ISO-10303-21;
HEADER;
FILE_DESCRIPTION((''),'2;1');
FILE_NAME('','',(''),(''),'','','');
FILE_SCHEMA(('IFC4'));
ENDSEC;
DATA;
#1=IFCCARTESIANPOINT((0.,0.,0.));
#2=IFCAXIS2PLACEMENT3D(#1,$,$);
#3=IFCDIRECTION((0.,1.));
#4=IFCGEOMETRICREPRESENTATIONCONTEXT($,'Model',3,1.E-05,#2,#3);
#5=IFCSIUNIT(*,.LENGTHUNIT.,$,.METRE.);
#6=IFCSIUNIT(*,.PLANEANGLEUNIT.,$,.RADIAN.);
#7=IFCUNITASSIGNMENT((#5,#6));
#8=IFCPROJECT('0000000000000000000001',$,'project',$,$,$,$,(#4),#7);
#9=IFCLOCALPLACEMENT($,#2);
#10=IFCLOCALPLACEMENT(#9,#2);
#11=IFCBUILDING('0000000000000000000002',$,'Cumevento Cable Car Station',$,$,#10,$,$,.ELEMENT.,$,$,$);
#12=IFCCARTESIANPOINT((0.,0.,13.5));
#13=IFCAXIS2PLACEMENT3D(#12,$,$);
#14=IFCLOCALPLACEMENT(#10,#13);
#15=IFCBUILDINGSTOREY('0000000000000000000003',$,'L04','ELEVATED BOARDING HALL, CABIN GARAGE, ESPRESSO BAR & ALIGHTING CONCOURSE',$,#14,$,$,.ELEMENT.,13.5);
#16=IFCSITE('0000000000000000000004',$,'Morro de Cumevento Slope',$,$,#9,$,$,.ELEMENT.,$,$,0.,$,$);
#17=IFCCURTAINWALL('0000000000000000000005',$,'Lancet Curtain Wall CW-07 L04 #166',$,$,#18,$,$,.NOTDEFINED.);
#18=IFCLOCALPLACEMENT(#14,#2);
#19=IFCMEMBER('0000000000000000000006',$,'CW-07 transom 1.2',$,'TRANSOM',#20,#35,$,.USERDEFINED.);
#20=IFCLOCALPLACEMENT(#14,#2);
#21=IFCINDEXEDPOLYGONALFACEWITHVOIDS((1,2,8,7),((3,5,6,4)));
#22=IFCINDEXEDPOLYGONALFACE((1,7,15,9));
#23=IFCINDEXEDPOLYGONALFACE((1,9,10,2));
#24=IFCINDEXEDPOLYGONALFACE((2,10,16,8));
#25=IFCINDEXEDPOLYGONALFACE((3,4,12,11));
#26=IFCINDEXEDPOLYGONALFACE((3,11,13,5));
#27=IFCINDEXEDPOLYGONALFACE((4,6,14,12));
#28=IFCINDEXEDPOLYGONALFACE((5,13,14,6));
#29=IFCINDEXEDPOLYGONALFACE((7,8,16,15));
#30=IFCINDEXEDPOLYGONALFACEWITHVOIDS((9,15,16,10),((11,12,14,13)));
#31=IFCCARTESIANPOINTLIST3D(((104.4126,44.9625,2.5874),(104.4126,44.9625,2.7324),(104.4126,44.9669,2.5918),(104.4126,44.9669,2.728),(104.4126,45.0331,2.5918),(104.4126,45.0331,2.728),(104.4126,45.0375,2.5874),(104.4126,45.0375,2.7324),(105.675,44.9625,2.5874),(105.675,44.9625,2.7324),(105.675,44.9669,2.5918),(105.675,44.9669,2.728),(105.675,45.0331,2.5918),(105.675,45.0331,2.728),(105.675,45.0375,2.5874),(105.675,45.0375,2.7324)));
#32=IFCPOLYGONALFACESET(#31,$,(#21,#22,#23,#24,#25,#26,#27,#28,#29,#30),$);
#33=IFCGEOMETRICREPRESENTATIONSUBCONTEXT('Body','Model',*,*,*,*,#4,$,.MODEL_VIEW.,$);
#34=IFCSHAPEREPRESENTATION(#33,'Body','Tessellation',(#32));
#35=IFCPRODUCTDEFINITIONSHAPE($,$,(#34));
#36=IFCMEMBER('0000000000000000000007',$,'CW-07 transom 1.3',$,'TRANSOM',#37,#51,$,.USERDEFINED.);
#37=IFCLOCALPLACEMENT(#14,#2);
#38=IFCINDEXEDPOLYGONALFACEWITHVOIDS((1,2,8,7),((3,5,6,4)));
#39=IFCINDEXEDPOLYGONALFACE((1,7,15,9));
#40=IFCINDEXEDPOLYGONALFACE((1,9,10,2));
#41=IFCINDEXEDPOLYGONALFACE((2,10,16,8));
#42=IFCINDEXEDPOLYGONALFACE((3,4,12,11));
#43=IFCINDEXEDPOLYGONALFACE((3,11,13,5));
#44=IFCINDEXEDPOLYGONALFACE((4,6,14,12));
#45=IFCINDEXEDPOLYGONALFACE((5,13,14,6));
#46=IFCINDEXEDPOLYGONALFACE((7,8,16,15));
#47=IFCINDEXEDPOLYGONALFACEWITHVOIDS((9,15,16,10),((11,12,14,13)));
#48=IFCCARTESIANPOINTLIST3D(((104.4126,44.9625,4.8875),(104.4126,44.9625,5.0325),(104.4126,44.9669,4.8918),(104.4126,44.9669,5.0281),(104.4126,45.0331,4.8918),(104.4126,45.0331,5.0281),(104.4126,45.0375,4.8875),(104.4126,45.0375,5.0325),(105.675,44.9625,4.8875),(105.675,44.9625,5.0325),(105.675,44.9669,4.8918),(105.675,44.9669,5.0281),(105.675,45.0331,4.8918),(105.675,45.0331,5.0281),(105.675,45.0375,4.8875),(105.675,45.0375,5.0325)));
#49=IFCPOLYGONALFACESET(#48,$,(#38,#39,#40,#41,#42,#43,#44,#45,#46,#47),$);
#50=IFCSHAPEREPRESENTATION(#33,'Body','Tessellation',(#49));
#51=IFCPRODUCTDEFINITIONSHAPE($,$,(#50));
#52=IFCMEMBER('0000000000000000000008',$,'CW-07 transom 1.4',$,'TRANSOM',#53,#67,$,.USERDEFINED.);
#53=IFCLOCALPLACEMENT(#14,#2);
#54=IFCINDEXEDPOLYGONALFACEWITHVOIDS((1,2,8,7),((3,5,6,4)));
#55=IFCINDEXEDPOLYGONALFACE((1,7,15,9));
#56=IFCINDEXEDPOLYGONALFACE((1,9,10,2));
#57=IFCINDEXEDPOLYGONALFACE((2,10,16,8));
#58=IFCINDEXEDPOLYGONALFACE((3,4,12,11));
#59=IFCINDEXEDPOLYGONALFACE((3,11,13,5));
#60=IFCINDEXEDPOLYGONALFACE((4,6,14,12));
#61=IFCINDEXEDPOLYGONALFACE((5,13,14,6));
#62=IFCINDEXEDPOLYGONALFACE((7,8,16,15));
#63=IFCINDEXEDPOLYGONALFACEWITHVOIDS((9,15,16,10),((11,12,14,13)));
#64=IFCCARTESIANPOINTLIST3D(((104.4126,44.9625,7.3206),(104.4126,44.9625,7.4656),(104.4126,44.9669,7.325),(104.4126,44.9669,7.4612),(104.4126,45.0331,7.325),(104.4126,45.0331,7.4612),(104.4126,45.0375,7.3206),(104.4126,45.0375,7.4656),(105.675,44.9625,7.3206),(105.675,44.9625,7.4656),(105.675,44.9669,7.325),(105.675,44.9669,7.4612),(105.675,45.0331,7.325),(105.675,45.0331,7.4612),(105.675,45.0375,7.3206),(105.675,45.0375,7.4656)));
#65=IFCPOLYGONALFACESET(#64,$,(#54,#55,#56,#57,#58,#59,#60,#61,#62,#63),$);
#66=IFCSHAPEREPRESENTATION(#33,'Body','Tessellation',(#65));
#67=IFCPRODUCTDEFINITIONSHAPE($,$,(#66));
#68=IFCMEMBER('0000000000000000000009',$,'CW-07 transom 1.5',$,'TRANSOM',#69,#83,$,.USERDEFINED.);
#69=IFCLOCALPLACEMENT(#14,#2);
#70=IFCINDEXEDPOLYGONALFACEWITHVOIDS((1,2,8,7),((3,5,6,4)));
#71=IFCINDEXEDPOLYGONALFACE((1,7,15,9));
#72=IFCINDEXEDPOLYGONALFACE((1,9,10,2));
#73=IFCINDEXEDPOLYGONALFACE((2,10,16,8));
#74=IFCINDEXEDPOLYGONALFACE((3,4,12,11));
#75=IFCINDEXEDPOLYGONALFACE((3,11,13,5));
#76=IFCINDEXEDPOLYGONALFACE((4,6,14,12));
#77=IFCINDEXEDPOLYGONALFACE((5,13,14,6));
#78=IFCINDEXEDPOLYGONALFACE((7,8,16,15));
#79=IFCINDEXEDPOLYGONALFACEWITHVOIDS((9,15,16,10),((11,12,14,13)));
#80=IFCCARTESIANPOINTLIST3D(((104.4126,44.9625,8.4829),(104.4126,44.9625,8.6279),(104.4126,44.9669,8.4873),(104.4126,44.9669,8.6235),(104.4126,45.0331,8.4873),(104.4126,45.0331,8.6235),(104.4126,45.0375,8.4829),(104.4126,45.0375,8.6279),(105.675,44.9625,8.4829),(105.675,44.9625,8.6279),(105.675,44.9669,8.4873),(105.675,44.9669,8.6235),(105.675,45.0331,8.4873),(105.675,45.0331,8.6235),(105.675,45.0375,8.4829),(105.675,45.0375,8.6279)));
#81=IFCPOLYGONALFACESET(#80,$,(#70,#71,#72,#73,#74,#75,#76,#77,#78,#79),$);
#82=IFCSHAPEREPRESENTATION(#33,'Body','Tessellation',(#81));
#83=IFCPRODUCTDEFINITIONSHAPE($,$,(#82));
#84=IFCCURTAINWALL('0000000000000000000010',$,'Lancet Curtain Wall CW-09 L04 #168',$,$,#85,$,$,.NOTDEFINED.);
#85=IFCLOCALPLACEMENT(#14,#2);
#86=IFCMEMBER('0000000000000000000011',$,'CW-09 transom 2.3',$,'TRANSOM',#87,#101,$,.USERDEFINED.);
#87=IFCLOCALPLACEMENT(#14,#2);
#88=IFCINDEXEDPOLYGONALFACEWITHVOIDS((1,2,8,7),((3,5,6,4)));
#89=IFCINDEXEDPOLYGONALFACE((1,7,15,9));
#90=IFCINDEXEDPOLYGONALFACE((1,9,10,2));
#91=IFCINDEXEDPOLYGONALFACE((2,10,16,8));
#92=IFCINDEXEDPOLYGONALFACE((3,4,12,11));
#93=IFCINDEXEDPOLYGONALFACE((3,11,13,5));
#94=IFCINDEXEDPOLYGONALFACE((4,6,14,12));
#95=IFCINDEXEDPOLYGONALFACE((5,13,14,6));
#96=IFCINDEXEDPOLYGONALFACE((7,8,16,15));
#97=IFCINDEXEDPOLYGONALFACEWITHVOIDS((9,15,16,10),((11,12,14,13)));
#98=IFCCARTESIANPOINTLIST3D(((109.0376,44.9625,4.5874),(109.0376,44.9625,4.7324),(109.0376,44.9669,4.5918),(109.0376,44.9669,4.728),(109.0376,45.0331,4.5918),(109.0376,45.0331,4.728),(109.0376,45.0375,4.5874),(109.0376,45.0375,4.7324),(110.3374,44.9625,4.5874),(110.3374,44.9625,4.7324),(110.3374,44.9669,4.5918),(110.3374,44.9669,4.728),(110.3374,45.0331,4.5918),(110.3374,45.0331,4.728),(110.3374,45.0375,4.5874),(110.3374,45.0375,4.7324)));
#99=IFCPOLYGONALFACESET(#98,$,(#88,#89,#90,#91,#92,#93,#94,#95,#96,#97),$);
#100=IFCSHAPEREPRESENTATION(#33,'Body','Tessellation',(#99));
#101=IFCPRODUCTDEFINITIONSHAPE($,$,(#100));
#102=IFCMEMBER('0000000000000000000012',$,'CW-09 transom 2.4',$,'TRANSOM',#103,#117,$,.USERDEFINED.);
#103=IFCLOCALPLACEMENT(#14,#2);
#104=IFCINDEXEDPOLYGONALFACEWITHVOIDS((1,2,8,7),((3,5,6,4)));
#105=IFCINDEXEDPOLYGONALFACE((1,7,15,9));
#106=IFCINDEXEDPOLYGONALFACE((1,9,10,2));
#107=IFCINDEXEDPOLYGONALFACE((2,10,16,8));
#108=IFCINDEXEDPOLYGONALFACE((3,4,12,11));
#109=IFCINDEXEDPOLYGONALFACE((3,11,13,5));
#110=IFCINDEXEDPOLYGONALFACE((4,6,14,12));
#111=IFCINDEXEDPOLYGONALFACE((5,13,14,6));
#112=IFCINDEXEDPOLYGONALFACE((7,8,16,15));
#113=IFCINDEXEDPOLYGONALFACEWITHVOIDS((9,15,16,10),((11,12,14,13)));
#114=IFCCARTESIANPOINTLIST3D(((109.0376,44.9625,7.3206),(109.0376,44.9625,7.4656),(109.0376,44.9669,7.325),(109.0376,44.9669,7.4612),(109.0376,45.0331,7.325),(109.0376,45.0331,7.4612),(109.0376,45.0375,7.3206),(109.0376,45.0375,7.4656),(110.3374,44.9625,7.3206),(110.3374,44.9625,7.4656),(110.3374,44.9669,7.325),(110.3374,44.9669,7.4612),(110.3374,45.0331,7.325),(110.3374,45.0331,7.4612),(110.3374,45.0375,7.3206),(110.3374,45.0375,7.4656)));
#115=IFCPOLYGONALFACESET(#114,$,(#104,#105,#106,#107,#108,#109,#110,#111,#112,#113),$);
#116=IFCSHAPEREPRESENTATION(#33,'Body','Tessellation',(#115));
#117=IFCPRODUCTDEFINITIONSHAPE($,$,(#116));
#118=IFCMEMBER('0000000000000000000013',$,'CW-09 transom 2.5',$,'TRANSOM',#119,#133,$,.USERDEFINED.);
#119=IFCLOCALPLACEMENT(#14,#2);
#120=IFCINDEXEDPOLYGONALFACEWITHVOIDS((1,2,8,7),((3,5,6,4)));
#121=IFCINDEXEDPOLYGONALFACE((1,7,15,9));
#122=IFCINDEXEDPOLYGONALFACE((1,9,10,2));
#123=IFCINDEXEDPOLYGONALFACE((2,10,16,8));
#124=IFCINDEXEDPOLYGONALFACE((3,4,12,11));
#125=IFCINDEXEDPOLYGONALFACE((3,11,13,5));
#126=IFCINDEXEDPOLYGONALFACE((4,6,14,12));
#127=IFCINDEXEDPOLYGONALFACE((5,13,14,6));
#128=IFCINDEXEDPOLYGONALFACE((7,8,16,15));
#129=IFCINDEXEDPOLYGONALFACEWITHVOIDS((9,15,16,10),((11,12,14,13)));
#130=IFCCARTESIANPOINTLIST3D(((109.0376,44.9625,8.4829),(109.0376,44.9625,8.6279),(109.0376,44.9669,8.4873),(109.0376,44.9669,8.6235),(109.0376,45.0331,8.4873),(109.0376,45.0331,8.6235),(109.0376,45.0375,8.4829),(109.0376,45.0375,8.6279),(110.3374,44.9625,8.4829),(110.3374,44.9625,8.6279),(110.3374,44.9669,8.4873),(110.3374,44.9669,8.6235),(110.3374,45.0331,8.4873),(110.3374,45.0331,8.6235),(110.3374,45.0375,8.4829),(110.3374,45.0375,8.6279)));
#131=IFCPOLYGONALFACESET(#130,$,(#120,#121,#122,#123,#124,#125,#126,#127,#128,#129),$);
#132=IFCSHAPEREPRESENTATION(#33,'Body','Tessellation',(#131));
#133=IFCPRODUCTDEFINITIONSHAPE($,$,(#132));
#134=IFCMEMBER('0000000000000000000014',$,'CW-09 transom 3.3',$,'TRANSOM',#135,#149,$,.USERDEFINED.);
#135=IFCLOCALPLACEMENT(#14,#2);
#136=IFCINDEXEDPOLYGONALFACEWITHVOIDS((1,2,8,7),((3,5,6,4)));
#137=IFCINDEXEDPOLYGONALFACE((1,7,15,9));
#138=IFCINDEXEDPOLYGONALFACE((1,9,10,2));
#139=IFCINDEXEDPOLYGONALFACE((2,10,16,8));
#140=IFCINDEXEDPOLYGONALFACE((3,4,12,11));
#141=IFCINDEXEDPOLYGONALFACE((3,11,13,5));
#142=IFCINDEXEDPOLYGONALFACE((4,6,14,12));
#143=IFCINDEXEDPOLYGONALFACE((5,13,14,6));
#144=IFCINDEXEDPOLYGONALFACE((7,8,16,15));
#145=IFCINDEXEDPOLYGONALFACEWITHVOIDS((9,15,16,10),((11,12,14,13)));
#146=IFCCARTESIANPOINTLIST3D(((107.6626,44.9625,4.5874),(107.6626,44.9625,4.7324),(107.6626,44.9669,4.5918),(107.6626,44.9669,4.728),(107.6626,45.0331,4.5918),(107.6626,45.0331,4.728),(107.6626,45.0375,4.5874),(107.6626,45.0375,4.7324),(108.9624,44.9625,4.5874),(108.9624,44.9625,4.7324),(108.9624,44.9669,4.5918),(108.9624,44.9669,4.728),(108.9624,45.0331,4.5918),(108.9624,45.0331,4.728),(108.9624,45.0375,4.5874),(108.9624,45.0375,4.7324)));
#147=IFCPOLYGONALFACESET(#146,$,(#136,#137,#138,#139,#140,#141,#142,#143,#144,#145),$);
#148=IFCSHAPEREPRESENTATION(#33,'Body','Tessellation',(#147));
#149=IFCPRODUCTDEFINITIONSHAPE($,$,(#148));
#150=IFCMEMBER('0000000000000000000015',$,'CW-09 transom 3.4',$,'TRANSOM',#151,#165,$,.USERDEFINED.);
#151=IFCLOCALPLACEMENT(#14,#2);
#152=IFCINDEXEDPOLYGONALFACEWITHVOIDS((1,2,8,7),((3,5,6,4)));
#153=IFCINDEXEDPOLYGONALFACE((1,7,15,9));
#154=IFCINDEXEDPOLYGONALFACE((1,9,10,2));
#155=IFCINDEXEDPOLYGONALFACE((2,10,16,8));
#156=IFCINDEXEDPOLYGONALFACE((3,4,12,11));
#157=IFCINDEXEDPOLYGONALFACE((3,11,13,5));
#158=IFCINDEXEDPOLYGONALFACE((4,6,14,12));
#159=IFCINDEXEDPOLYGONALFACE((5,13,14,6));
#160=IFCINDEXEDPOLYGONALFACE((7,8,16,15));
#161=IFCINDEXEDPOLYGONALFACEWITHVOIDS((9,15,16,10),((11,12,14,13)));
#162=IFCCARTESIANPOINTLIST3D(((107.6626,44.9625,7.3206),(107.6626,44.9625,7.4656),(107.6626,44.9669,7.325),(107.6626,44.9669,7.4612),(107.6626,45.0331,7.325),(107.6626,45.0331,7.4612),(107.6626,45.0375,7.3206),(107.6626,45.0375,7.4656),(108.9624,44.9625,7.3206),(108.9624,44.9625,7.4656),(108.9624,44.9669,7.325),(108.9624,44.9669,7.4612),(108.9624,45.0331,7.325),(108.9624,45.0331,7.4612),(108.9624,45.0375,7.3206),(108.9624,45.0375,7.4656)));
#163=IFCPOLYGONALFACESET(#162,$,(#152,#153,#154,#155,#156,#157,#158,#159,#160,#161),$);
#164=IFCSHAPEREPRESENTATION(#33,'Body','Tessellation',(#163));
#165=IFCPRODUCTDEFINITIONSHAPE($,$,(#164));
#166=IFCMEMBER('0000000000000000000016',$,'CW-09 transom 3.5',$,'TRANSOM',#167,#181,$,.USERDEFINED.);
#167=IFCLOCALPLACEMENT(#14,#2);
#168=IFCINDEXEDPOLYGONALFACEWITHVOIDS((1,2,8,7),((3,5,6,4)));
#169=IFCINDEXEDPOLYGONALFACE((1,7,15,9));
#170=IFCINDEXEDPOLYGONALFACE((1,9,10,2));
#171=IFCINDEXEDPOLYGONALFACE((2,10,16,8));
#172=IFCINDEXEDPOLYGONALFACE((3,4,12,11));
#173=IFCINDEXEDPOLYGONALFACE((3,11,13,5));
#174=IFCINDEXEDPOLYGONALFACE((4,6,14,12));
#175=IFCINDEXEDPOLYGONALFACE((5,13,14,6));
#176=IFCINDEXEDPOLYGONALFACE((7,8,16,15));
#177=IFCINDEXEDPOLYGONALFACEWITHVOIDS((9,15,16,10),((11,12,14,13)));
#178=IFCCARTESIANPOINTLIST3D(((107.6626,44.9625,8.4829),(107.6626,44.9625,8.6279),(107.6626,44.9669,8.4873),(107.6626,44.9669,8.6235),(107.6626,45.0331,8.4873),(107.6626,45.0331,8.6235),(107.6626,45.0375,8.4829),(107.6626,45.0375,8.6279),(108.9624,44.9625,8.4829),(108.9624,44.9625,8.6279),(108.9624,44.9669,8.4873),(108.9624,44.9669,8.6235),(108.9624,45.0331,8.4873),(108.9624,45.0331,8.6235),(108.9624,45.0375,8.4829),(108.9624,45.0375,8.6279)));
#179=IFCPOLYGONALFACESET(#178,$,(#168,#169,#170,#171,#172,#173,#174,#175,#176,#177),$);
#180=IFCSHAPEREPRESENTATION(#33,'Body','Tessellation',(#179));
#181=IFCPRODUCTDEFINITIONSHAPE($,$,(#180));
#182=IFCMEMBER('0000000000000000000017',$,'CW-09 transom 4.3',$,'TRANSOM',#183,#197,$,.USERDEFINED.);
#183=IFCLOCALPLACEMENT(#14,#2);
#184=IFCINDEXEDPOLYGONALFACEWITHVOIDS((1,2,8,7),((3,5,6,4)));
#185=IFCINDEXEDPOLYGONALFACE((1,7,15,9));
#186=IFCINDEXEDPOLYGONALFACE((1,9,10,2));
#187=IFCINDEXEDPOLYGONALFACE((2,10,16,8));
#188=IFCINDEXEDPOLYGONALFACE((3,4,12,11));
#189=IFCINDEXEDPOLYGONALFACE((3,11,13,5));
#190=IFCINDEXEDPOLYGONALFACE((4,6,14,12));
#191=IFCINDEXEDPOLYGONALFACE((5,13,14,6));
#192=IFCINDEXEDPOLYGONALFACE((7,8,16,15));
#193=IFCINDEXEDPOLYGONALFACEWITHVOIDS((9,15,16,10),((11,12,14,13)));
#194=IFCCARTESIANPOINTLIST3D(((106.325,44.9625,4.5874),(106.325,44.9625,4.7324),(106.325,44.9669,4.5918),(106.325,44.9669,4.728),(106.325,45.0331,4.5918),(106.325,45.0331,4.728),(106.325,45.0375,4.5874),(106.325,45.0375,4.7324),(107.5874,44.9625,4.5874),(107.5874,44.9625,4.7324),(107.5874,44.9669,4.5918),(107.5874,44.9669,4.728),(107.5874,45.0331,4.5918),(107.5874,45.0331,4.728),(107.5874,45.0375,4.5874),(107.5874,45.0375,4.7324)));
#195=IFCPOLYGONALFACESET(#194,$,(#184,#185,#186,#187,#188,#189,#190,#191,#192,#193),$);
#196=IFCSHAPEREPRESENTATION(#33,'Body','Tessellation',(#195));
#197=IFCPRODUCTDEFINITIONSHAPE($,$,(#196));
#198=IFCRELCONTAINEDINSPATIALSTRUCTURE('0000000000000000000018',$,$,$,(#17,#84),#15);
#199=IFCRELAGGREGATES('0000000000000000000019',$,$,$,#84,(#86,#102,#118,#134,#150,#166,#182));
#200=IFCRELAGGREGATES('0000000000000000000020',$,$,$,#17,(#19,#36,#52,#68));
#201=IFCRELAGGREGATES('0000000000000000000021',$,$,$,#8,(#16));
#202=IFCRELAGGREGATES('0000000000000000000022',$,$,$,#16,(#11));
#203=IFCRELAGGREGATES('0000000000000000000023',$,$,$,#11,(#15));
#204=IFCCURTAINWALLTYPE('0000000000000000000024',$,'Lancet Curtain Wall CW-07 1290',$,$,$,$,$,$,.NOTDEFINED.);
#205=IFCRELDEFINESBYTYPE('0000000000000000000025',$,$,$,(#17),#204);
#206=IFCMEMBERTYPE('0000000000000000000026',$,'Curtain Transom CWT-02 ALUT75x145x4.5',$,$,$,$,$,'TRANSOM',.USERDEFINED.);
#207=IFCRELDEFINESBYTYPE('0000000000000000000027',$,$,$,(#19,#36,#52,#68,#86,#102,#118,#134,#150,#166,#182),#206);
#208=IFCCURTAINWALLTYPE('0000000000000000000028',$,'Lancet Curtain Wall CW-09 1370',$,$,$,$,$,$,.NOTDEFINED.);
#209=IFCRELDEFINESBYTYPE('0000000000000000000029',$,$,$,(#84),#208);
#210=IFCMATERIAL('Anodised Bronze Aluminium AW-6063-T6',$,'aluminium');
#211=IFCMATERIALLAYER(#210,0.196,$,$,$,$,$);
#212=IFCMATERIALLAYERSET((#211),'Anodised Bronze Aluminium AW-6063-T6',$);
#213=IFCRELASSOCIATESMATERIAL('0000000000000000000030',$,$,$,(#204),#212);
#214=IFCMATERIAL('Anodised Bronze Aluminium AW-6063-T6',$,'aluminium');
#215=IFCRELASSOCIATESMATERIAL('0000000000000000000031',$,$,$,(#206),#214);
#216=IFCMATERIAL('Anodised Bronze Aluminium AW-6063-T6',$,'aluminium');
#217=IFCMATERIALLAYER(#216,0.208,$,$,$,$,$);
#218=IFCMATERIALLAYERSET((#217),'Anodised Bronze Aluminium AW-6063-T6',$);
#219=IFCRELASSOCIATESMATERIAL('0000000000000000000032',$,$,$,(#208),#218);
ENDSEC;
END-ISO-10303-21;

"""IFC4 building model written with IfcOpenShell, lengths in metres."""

from ifc_helpers import new_model, si_unit, direction, frame, origin, origin_2d, place, context, subcontext, project, spatial, hollow_rectangle, extrude, material, layer, layer_set, material_profile, profile_set, type_object, element, aggregate, save


model = new_model("IFC4")

# Units and contexts
model_context = context("Model", 3, precision=1e-05, world=origin(), true_north=direction((0.0, 1.0)))
body_context = subcontext(model_context, "Body", "Model", "MODEL_VIEW")
ifc_project = project(units=[si_unit("LENGTHUNIT", "METRE"), si_unit("PLANEANGLEUNIT", "RADIAN")], contexts=[model_context])

# Site, building, storey
site_placement = place(None, origin())
site = spatial("IfcSite", under=ifc_project, at=site_placement, Name="Morro de Cumevento Slope", CompositionType="ELEMENT", RefElevation=0.0)
building_placement = place(site_placement, origin())
building = spatial("IfcBuilding", under=site, at=building_placement, Name="Cumevento Cable Car Station", CompositionType="ELEMENT")
storey_placement = place(building_placement, frame((0.0, 0.0, 13.5)))
storey = spatial("IfcBuildingStorey", under=building, at=storey_placement, Name="L04", Description="ELEVATED BOARDING HALL, CABIN GARAGE, ESPRESSO BAR & ALIGHTING CONCOURSE", CompositionType="ELEMENT", Elevation=13.5)

# Curtain wall, members
ifc_material_1 = material(Name="Anodised Bronze Aluminium AW-6063-T6", Category="aluminium")
ifc_layer_1 = layer(ifc_material_1, 0.196)
ifc_layer_set_1 = layer_set([ifc_layer_1], Name="Anodised Bronze Aluminium AW-6063-T6")
curtain_wall_type_1 = type_object("IfcCurtainWallType", Name="Lancet Curtain Wall CW-07 1290", PredefinedType="NOTDEFINED", material=ifc_layer_set_1)
curtain_wall_1_placement = place(storey_placement, origin())
curtain_wall_1 = element("IfcCurtainWall", 1, at=curtain_wall_1_placement, inside=storey, type_object=curtain_wall_type_1, Name="Lancet Curtain Wall CW-07 L04 #166", PredefinedType="NOTDEFINED")
ifc_material_2 = material(Name="Anodised Bronze Aluminium AW-6063-T6", Category="aluminium")
ifc_material_profile = material_profile(ifc_material_2, hollow_rectangle(XDim=0.075, YDim=0.145, WallThickness=0.0044, at=origin_2d()), Name="ALUT75x145x4.5")
ifc_profile_set = profile_set([ifc_material_profile], Name="Anodised Bronze Aluminium AW-6063-T6")
member_type = type_object("IfcMemberType", Name="Curtain Transom CWT-02 ALUT75x145x4.5", ElementType="TRANSOM", PredefinedType="USERDEFINED", material=ifc_profile_set)
member_1_placement = place(storey_placement, frame((105.675, 45.0, 2.6599), z_axis=(-1.0, 0.0, 0.0), x_axis=(0.0, -1.0, 0.0)))
member_1 = element("IfcMember", 2, at=member_1_placement, type_object=member_type, Name="CW-07 transom 1.2", ObjectType="TRANSOM", PredefinedType="USERDEFINED", context=body_context, shape_type="SweptSolid", body=[
    extrude(hollow_rectangle(XDim=0.075, YDim=0.145, WallThickness=0.0044, at=origin_2d()), origin(), (0.0, 0.0, 1.0), 1.2625),
])
member_2_placement = place(storey_placement, frame((105.675, 45.0, 4.96), z_axis=(-1.0, 0.0, 0.0), x_axis=(0.0, -1.0, 0.0)))
member_2 = element("IfcMember", 3, at=member_2_placement, type_object=member_type, Name="CW-07 transom 1.3", ObjectType="TRANSOM", PredefinedType="USERDEFINED", context=body_context, shape_type="SweptSolid", body=[
    extrude(hollow_rectangle(XDim=0.075, YDim=0.145, WallThickness=0.0044, at=origin_2d()), origin(), (0.0, 0.0, 1.0), 1.2625),
])
member_3_placement = place(storey_placement, frame((105.675, 45.0, 7.3931), z_axis=(-1.0, 0.0, 0.0), x_axis=(0.0, -1.0, 0.0)))
member_3 = element("IfcMember", 4, at=member_3_placement, type_object=member_type, Name="CW-07 transom 1.4", ObjectType="TRANSOM", PredefinedType="USERDEFINED", context=body_context, shape_type="SweptSolid", body=[
    extrude(hollow_rectangle(XDim=0.075, YDim=0.145, WallThickness=0.0044, at=origin_2d()), origin(), (0.0, 0.0, 1.0), 1.2625),
])
member_4_placement = place(storey_placement, frame((105.675, 45.0, 8.5554), z_axis=(-1.0, 0.0, 0.0), x_axis=(0.0, -1.0, 0.0)))
member_4 = element("IfcMember", 5, at=member_4_placement, type_object=member_type, Name="CW-07 transom 1.5", ObjectType="TRANSOM", PredefinedType="USERDEFINED", context=body_context, shape_type="SweptSolid", body=[
    extrude(hollow_rectangle(XDim=0.075, YDim=0.145, WallThickness=0.0044, at=origin_2d()), origin(), (0.0, 0.0, 1.0), 1.2625),
])

# Curtain wall, members
ifc_material_3 = material(Name="Anodised Bronze Aluminium AW-6063-T6", Category="aluminium")
ifc_layer_2 = layer(ifc_material_3, 0.208)
ifc_layer_set_2 = layer_set([ifc_layer_2], Name="Anodised Bronze Aluminium AW-6063-T6")
curtain_wall_type_2 = type_object("IfcCurtainWallType", Name="Lancet Curtain Wall CW-09 1370", PredefinedType="NOTDEFINED", material=ifc_layer_set_2)
curtain_wall_2_placement = place(storey_placement, origin())
curtain_wall_2 = element("IfcCurtainWall", 6, at=curtain_wall_2_placement, inside=storey, type_object=curtain_wall_type_2, Name="Lancet Curtain Wall CW-09 L04 #168", PredefinedType="NOTDEFINED")
member_5_placement = place(storey_placement, frame((110.3374, 45.0, 4.6599), z_axis=(-1.0, 0.0, 0.0), x_axis=(0.0, -1.0, 0.0)))
member_5 = element("IfcMember", 7, at=member_5_placement, type_object=member_type, Name="CW-09 transom 2.3", ObjectType="TRANSOM", PredefinedType="USERDEFINED", context=body_context, shape_type="SweptSolid", body=[
    extrude(hollow_rectangle(XDim=0.075, YDim=0.145, WallThickness=0.0044, at=origin_2d()), origin(), (0.0, 0.0, 1.0), 1.2998),
])
member_6_placement = place(storey_placement, frame((110.3374, 45.0, 7.3931), z_axis=(-1.0, 0.0, 0.0), x_axis=(0.0, -1.0, 0.0)))
member_6 = element("IfcMember", 8, at=member_6_placement, type_object=member_type, Name="CW-09 transom 2.4", ObjectType="TRANSOM", PredefinedType="USERDEFINED", context=body_context, shape_type="SweptSolid", body=[
    extrude(hollow_rectangle(XDim=0.075, YDim=0.145, WallThickness=0.0044, at=origin_2d()), origin(), (0.0, 0.0, 1.0), 1.2998),
])
member_7_placement = place(storey_placement, frame((110.3374, 45.0, 8.5554), z_axis=(-1.0, 0.0, 0.0), x_axis=(0.0, -1.0, 0.0)))
member_7 = element("IfcMember", 9, at=member_7_placement, type_object=member_type, Name="CW-09 transom 2.5", ObjectType="TRANSOM", PredefinedType="USERDEFINED", context=body_context, shape_type="SweptSolid", body=[
    extrude(hollow_rectangle(XDim=0.075, YDim=0.145, WallThickness=0.0044, at=origin_2d()), origin(), (0.0, 0.0, 1.0), 1.2998),
])
member_8_placement = place(storey_placement, frame((108.9624, 45.0, 4.6599), z_axis=(-1.0, 0.0, 0.0), x_axis=(0.0, -1.0, 0.0)))
member_8 = element("IfcMember", 10, at=member_8_placement, type_object=member_type, Name="CW-09 transom 3.3", ObjectType="TRANSOM", PredefinedType="USERDEFINED", context=body_context, shape_type="SweptSolid", body=[
    extrude(hollow_rectangle(XDim=0.075, YDim=0.145, WallThickness=0.0044, at=origin_2d()), origin(), (0.0, 0.0, 1.0), 1.2998),
])
member_9_placement = place(storey_placement, frame((108.9624, 45.0, 7.3931), z_axis=(-1.0, 0.0, 0.0), x_axis=(0.0, -1.0, 0.0)))
member_9 = element("IfcMember", 11, at=member_9_placement, type_object=member_type, Name="CW-09 transom 3.4", ObjectType="TRANSOM", PredefinedType="USERDEFINED", context=body_context, shape_type="SweptSolid", body=[
    extrude(hollow_rectangle(XDim=0.075, YDim=0.145, WallThickness=0.0044, at=origin_2d()), origin(), (0.0, 0.0, 1.0), 1.2998),
])
member_10_placement = place(storey_placement, frame((108.9624, 45.0, 8.5554), z_axis=(-1.0, 0.0, 0.0), x_axis=(0.0, -1.0, 0.0)))
member_10 = element("IfcMember", 12, at=member_10_placement, type_object=member_type, Name="CW-09 transom 3.5", ObjectType="TRANSOM", PredefinedType="USERDEFINED", context=body_context, shape_type="SweptSolid", body=[
    extrude(hollow_rectangle(XDim=0.075, YDim=0.145, WallThickness=0.0044, at=origin_2d()), origin(), (0.0, 0.0, 1.0), 1.2998),
])
member_11_placement = place(storey_placement, frame((107.5874, 45.0, 4.6599), z_axis=(-1.0, 0.0, 0.0), x_axis=(0.0, -1.0, 0.0)))
member_11 = element("IfcMember", 13, at=member_11_placement, type_object=member_type, Name="CW-09 transom 4.3", ObjectType="TRANSOM", PredefinedType="USERDEFINED", context=body_context, shape_type="SweptSolid", body=[
    extrude(hollow_rectangle(XDim=0.075, YDim=0.145, WallThickness=0.0044, at=origin_2d()), origin(), (0.0, 0.0, 1.0), 1.2625),
])
aggregate(curtain_wall_2, [member_5, member_6, member_7, member_8, member_9, member_10, member_11])

aggregate(curtain_wall_1, [member_1, member_2, member_3, member_4])

save(model, "model.ifc")
